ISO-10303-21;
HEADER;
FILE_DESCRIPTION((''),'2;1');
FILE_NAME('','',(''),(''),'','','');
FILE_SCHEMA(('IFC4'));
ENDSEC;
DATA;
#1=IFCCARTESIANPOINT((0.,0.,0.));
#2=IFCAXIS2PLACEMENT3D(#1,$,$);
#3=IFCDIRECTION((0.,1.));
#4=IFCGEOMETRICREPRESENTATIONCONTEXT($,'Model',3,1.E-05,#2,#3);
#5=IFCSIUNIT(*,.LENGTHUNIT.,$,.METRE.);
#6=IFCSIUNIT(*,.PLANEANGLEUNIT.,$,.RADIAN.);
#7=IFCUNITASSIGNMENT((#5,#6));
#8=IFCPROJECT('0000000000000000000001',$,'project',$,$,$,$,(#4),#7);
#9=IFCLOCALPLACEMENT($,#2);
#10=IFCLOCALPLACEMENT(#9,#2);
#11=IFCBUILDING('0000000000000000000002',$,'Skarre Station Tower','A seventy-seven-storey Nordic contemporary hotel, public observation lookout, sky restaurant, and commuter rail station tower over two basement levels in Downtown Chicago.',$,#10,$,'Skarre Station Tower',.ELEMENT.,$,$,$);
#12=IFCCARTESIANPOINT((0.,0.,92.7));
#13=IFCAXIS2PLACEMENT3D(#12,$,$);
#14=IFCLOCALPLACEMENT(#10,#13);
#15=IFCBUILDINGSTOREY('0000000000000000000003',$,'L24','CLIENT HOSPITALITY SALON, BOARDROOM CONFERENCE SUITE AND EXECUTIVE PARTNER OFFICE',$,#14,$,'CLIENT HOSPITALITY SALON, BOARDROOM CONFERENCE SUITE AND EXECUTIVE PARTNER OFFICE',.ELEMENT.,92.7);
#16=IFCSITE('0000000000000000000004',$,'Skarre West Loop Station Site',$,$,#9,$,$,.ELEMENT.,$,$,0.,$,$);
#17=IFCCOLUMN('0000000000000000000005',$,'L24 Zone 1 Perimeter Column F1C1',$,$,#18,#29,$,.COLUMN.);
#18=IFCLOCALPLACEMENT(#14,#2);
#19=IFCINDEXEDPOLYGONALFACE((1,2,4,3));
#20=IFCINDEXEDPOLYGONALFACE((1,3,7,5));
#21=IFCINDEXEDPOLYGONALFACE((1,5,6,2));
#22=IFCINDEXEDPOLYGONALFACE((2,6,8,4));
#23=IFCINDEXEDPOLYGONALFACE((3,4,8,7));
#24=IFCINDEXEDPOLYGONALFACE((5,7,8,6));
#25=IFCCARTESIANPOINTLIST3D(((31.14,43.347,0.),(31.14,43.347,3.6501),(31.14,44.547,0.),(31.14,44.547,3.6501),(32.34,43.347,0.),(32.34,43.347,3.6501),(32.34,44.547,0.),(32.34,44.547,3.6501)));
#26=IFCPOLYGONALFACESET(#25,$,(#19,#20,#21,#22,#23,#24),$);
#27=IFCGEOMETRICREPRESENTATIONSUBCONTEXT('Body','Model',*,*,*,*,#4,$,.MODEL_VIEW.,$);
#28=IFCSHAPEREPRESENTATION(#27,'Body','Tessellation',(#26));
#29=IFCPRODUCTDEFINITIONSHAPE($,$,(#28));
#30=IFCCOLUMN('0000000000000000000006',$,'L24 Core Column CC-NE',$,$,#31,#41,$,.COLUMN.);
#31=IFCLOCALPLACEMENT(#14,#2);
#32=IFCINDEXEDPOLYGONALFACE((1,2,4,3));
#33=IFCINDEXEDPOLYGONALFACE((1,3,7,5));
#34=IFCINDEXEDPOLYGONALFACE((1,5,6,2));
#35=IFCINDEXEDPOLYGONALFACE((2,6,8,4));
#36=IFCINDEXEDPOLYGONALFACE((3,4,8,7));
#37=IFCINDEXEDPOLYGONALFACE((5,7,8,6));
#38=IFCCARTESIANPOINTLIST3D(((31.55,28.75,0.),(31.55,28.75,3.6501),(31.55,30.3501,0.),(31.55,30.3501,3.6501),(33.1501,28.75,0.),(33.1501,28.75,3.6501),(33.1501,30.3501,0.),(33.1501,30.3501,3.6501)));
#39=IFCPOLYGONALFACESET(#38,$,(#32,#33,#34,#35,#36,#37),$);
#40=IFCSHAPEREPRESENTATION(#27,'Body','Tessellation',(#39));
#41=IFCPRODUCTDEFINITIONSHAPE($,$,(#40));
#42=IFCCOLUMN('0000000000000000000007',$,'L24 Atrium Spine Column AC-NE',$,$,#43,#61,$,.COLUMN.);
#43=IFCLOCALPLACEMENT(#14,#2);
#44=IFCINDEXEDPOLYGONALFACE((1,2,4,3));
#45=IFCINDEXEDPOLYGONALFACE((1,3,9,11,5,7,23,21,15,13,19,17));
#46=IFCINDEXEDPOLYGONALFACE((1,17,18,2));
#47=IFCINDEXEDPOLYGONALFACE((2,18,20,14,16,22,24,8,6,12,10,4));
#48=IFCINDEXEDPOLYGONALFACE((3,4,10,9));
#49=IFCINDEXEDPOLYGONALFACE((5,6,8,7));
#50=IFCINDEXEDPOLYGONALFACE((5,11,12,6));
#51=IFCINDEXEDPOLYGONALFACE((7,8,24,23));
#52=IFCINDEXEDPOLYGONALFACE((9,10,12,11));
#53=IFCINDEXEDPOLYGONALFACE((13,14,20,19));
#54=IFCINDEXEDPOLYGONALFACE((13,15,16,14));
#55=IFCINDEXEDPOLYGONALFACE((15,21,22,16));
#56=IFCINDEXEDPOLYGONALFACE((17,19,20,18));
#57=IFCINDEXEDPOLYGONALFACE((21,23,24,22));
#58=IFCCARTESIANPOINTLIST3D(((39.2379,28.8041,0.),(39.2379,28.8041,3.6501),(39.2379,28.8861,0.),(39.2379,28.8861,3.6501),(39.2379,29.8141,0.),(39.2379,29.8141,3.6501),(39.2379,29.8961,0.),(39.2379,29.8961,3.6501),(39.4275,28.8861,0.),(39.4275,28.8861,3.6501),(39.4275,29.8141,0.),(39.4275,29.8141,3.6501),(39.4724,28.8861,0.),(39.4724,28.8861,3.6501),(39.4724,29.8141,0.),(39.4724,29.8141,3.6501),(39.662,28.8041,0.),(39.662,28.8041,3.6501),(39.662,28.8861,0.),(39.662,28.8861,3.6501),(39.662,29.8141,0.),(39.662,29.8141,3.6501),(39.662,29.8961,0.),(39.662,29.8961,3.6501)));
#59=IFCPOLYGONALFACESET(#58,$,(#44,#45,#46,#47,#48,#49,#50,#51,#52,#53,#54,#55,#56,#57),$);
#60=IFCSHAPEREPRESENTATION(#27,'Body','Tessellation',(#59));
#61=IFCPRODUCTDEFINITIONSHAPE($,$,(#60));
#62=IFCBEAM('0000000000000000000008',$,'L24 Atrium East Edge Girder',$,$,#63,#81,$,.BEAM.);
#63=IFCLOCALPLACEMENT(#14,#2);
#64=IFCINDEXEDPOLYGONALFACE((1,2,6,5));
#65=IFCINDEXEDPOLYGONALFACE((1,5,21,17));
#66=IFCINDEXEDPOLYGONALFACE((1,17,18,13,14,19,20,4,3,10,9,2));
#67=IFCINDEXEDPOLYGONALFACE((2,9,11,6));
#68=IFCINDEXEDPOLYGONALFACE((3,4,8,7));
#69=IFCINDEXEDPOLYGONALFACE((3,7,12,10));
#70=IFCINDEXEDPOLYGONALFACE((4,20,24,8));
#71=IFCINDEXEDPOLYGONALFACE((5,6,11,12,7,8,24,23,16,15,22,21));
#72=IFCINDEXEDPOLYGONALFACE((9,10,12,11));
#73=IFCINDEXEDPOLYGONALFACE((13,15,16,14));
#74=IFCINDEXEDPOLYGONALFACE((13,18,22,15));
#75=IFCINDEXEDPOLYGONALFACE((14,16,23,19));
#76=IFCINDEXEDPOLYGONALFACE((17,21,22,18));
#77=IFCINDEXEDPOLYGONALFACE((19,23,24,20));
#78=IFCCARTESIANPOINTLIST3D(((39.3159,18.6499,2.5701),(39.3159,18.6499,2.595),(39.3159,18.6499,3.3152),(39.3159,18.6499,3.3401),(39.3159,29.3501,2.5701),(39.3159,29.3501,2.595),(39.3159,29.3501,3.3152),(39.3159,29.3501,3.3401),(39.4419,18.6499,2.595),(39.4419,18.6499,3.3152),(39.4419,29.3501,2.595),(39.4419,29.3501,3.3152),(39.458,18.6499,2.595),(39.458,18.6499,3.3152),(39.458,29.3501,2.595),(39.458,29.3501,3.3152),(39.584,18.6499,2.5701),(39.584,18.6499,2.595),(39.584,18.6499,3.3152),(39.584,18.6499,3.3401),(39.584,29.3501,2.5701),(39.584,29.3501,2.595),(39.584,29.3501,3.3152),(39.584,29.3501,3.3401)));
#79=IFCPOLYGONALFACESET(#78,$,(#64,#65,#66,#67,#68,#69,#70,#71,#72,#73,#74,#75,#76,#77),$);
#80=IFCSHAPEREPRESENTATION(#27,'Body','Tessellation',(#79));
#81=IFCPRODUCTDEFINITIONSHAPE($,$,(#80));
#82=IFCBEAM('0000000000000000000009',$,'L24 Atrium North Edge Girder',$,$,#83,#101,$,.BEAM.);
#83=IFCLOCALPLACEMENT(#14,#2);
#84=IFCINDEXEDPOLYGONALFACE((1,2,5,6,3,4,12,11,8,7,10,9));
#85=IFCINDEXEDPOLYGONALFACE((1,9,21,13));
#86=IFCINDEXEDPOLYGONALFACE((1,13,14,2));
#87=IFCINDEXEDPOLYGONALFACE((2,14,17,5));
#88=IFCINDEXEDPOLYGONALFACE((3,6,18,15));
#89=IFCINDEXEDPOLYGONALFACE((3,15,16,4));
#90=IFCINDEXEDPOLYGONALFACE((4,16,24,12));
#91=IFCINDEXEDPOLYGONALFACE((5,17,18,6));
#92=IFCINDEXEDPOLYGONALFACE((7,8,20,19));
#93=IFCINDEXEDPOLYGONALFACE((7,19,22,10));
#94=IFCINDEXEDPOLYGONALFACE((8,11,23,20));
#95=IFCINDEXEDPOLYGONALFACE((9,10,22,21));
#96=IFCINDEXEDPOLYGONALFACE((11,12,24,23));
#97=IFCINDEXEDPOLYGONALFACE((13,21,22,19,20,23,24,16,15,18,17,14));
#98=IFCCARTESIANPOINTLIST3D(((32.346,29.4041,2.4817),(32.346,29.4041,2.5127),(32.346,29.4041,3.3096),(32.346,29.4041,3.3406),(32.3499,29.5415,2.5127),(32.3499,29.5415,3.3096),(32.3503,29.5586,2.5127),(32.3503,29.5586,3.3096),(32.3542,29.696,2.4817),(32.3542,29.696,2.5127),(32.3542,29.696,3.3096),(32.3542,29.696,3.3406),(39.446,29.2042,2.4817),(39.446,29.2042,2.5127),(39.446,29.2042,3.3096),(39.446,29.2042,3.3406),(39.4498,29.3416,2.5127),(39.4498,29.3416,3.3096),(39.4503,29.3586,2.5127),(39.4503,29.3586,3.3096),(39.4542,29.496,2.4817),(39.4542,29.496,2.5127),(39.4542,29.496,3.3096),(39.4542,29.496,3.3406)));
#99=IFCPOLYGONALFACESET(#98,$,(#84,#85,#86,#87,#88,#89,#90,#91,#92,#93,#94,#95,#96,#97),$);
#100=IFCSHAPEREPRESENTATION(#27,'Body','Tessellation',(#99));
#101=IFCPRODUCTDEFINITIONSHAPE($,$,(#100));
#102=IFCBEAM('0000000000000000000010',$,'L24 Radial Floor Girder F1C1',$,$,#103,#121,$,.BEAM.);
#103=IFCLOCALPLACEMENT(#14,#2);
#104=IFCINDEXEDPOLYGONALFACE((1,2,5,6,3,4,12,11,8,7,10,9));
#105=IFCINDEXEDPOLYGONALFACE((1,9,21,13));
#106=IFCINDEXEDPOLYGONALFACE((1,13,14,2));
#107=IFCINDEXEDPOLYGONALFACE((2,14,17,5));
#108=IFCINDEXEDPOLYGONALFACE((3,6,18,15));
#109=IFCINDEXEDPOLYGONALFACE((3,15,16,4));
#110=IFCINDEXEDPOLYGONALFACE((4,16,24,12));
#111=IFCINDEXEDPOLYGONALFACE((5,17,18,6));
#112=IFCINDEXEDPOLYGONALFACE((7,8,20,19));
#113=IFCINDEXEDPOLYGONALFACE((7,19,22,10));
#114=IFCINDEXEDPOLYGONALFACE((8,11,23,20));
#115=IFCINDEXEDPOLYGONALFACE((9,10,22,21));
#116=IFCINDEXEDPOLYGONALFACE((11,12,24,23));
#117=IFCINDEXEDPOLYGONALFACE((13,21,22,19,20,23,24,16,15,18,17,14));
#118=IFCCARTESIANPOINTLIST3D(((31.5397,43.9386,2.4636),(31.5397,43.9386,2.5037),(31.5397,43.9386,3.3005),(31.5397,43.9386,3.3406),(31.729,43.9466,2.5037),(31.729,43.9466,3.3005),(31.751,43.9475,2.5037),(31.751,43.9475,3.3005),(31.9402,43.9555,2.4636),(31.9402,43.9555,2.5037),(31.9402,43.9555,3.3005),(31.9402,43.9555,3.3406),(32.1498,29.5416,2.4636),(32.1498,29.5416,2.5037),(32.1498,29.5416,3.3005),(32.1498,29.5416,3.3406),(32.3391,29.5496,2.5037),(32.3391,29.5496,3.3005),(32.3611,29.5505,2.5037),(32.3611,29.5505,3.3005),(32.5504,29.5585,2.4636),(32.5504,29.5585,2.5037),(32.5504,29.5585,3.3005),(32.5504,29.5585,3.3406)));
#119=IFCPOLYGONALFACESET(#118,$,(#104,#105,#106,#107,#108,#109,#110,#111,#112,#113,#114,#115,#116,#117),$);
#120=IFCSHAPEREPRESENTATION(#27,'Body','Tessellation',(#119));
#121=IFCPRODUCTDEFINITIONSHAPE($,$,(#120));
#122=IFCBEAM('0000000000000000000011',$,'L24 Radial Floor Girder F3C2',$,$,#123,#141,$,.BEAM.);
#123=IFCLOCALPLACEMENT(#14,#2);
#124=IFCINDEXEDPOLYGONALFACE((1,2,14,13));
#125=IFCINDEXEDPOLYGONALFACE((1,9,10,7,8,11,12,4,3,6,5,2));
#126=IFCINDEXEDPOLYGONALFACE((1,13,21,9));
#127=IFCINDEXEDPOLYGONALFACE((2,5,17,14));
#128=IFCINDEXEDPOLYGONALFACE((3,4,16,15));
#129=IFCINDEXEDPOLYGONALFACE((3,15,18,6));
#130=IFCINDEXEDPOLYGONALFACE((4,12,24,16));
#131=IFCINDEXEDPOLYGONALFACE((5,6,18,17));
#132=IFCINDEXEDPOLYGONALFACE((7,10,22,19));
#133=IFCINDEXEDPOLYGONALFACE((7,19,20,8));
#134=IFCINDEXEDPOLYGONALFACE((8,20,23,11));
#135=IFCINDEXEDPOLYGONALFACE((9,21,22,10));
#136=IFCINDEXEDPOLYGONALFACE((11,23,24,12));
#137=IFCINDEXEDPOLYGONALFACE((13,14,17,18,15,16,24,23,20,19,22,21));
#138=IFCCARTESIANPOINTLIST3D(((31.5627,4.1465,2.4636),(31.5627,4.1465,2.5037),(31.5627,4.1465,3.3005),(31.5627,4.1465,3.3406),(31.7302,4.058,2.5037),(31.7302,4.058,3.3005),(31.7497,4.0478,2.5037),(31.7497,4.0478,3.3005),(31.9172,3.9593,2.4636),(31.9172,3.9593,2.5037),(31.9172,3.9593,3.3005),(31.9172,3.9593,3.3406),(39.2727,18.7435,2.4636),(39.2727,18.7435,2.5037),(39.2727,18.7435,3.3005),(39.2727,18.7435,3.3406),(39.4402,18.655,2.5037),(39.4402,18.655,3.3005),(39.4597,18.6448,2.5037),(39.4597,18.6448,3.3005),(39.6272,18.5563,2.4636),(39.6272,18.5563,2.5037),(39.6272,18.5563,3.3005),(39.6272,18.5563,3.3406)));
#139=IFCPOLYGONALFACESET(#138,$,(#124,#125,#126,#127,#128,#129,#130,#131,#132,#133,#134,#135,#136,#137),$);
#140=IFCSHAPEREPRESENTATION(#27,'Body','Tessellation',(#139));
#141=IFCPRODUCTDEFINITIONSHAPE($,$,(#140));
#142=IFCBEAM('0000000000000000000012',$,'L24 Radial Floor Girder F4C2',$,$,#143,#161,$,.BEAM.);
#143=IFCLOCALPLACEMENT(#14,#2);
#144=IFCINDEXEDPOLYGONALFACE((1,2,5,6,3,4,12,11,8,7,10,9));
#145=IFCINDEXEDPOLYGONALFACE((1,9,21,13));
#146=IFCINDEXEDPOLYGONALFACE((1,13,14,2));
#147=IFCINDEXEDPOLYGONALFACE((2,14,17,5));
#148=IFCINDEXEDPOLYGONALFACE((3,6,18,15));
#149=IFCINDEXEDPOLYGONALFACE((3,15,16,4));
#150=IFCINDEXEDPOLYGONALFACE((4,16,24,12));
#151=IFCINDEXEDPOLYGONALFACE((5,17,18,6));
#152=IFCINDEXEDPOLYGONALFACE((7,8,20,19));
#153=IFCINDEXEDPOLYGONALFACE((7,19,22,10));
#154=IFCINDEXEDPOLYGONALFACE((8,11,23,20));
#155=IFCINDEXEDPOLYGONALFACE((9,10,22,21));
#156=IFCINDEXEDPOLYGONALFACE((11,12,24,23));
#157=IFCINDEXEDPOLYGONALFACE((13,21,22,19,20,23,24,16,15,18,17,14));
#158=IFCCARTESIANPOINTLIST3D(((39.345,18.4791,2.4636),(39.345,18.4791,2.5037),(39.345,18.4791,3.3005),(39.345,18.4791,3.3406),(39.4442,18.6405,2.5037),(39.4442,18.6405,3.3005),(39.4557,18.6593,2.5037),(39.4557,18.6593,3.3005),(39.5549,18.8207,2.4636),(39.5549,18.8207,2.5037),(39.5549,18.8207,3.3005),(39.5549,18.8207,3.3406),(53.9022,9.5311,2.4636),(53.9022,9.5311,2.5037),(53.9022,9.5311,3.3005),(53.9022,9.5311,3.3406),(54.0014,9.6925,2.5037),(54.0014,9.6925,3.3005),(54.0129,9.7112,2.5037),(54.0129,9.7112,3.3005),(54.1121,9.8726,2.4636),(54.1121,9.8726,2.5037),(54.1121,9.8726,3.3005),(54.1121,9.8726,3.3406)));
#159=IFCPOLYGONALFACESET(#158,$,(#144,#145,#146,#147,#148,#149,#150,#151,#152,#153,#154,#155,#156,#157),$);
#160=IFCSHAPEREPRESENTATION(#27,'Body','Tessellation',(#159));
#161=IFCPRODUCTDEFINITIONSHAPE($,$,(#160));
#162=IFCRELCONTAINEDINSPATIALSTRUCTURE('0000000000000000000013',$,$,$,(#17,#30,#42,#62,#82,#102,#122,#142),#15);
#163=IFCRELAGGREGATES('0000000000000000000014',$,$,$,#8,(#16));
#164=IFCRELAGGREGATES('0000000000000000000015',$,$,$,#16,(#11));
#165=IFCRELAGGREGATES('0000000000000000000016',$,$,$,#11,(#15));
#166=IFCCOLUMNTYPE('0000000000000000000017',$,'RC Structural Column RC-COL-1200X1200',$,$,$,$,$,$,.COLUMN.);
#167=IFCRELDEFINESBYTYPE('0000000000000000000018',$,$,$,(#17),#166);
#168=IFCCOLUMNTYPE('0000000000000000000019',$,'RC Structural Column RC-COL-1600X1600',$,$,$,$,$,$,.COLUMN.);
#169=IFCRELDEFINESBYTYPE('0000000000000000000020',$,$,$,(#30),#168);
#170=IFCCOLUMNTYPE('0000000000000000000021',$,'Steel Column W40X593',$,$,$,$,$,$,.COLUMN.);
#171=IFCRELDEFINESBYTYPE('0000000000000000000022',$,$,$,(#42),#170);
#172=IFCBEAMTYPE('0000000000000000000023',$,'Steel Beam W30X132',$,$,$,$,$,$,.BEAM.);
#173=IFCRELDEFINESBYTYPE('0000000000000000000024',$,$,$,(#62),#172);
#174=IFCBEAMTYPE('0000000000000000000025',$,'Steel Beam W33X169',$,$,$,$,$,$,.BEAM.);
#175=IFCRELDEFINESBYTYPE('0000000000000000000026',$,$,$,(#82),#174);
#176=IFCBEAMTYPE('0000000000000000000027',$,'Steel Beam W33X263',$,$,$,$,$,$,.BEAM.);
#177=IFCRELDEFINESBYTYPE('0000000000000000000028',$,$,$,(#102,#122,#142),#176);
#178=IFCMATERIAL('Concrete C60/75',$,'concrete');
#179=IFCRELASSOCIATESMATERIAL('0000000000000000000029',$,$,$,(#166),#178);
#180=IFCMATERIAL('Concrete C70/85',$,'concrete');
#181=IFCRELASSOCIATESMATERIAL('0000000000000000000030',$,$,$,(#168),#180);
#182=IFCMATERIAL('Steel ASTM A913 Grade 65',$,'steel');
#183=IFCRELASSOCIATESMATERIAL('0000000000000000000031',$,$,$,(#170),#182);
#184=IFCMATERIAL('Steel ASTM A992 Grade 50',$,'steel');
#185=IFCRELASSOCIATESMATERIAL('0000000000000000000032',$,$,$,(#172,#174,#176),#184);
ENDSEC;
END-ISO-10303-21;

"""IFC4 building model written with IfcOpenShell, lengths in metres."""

from ifc_helpers import new_model, si_unit, direction, frame, origin, origin_2d, place, context, subcontext, project, spatial, rectangle, i_section, extrude, material, material_profile, profile_set, type_object, element, save


model = new_model("IFC4")

# Units and contexts
model_context = context("Model", 3, precision=1e-05, world=origin(), true_north=direction((0.0, 1.0)))
body_context = subcontext(model_context, "Body", "Model", "MODEL_VIEW")
ifc_project = project(units=[si_unit("LENGTHUNIT", "METRE"), si_unit("PLANEANGLEUNIT", "RADIAN")], contexts=[model_context])

# Site, building, storey
site_placement = place(None, origin())
site = spatial("IfcSite", under=ifc_project, at=site_placement, Name="Skarre West Loop Station Site", CompositionType="ELEMENT", RefElevation=0.0)
building_placement = place(site_placement, origin())
building = spatial("IfcBuilding", under=site, at=building_placement, Name="Skarre Station Tower", Description="A seventy-seven-storey Nordic contemporary hotel, public observation lookout, sky restaurant, and commuter rail station tower over two basement levels in Downtown Chicago.", LongName="Skarre Station Tower", CompositionType="ELEMENT")
storey_placement = place(building_placement, frame((0.0, 0.0, 92.7)))
storey = spatial("IfcBuildingStorey", under=building, at=storey_placement, Name="L24", Description="CLIENT HOSPITALITY SALON, BOARDROOM CONFERENCE SUITE AND EXECUTIVE PARTNER OFFICE", LongName="CLIENT HOSPITALITY SALON, BOARDROOM CONFERENCE SUITE AND EXECUTIVE PARTNER OFFICE", CompositionType="ELEMENT", Elevation=92.7)

# Columns
ifc_material_1 = material(Name="Concrete C60/75", Category="concrete")
ifc_material_profile_1 = material_profile(ifc_material_1, rectangle(XDim=1.2, YDim=1.2, at=origin_2d()), Name="Concrete C60/75")
ifc_profile_set_1 = profile_set([ifc_material_profile_1], Name="Concrete C60/75")
column_type_1 = type_object("IfcColumnType", Name="RC Structural Column RC-COL-1200X1200", PredefinedType="COLUMN", material=ifc_profile_set_1)
column_1_placement = place(storey_placement, frame((31.74, 43.947, 0.0), z_axis=(0.0, 0.0, 1.0), x_axis=(1.0, 0.0, 0.0)))
element("IfcColumn", 1, at=column_1_placement, inside=storey, type_object=column_type_1, Name="L24 Zone 1 Perimeter Column F1C1", PredefinedType="COLUMN", context=body_context, shape_type="SweptSolid", body=[
    extrude(rectangle(XDim=1.2, YDim=1.2, at=origin_2d()), origin(), (0.0, 0.0, 1.0), 3.6501),
])
ifc_material_2 = material(Name="Concrete C70/85", Category="concrete")
ifc_material_profile_2 = material_profile(ifc_material_2, rectangle(XDim=1.6001, YDim=1.6001, at=origin_2d()), Name="Concrete C70/85")
ifc_profile_set_2 = profile_set([ifc_material_profile_2], Name="Concrete C70/85")
column_type_2 = type_object("IfcColumnType", Name="RC Structural Column RC-COL-1600X1600", PredefinedType="COLUMN", material=ifc_profile_set_2)
column_2_placement = place(storey_placement, frame((32.3501, 29.55, 0.0), z_axis=(0.0, 0.0, 1.0), x_axis=(1.0, 0.0, 0.0)))
element("IfcColumn", 2, at=column_2_placement, inside=storey, type_object=column_type_2, Name="L24 Core Column CC-NE", PredefinedType="COLUMN", context=body_context, shape_type="SweptSolid", body=[
    extrude(rectangle(XDim=1.6001, YDim=1.6001, at=origin_2d()), origin(), (0.0, 0.0, 1.0), 3.6501),
])
ifc_material_3 = material(Name="Steel ASTM A913 Grade 65", Category="steel")
ifc_material_profile_3 = material_profile(ifc_material_3, i_section(OverallWidth=0.4241, OverallDepth=1.092, WebThickness=0.0449, FlangeThickness=0.082, at=origin_2d()), Name="Steel ASTM A913 Grade 65")
ifc_profile_set_3 = profile_set([ifc_material_profile_3], Name="Steel ASTM A913 Grade 65")
column_type_3 = type_object("IfcColumnType", Name="Steel Column W40X593", PredefinedType="COLUMN", material=ifc_profile_set_3)
column_3_placement = place(storey_placement, frame((39.45, 29.3501, 0.0), z_axis=(0.0, 0.0, 1.0), x_axis=(1.0, 0.0, 0.0)))
element("IfcColumn", 3, at=column_3_placement, inside=storey, type_object=column_type_3, Name="L24 Atrium Spine Column AC-NE", PredefinedType="COLUMN", context=body_context, shape_type="SweptSolid", body=[
    extrude(i_section(OverallWidth=0.4241, OverallDepth=1.092, WebThickness=0.0449, FlangeThickness=0.082, at=origin_2d()), origin(), (0.0, 0.0, 1.0), 3.6501),
])

# Beams
ifc_material_4 = material(Name="Steel ASTM A992 Grade 50", Category="steel")
ifc_material_profile_4 = material_profile(ifc_material_4, i_section(OverallWidth=0.2681, OverallDepth=0.77, WebThickness=0.0161, FlangeThickness=0.0249, at=origin_2d()), Name="Steel ASTM A992 Grade 50")
ifc_profile_set_4 = profile_set([ifc_material_profile_4], Name="Steel ASTM A992 Grade 50")
beam_type_1 = type_object("IfcBeamType", Name="Steel Beam W30X132", PredefinedType="BEAM", material=ifc_profile_set_4)
beam_1_placement = place(storey_placement, frame((39.45, 18.6499, 2.9551), z_axis=(0.0, 1.0, 0.0), x_axis=(-1.0, 0.0, 0.0)))
element("IfcBeam", 4, at=beam_1_placement, inside=storey, type_object=beam_type_1, Name="L24 Atrium East Edge Girder", PredefinedType="BEAM", context=body_context, shape_type="SweptSolid", body=[
    extrude(i_section(OverallWidth=0.2681, OverallDepth=0.77, WebThickness=0.0161, FlangeThickness=0.0249, at=origin_2d()), origin(), (0.0, 0.0, 1.0), 10.7002),
])
ifc_material_profile_5 = material_profile(ifc_material_4, i_section(OverallWidth=0.292, OverallDepth=0.8589, WebThickness=0.0171, FlangeThickness=0.031, at=origin_2d()), Name="Steel ASTM A992 Grade 50")
ifc_profile_set_5 = profile_set([ifc_material_profile_5], Name="Steel ASTM A992 Grade 50")
beam_type_2 = type_object("IfcBeamType", Name="Steel Beam W33X169", PredefinedType="BEAM", material=ifc_profile_set_5)
beam_2_placement = place(storey_placement, frame((32.3501, 29.55, 2.9111), z_axis=(0.999604, -0.028152, 0.0), x_axis=(0.028152, 0.999604, 0.0)))
element("IfcBeam", 5, at=beam_2_placement, inside=storey, type_object=beam_type_2, Name="L24 Atrium North Edge Girder", PredefinedType="BEAM", context=body_context, shape_type="SweptSolid", body=[
    extrude(i_section(OverallWidth=0.292, OverallDepth=0.8589, WebThickness=0.0171, FlangeThickness=0.031, at=origin_2d()), origin(), (0.0, 0.0, 1.0), 7.1028),
])
ifc_material_profile_6 = material_profile(ifc_material_4, i_section(OverallWidth=0.4009, OverallDepth=0.877, WebThickness=0.022, FlangeThickness=0.04, at=origin_2d()), Name="Steel ASTM A992 Grade 50")
ifc_profile_set_6 = profile_set([ifc_material_profile_6], Name="Steel ASTM A992 Grade 50")
beam_type_3 = type_object("IfcBeamType", Name="Steel Beam W33X263", PredefinedType="BEAM", material=ifc_profile_set_6)
beam_3_placement = place(storey_placement, frame((32.3501, 29.55, 2.9021), z_axis=(-0.042339, 0.999103, 0.0), x_axis=(-0.999103, -0.042339, 0.0)))
element("IfcBeam", 6, at=beam_3_placement, inside=storey, type_object=beam_type_3, Name="L24 Radial Floor Girder F1C1", PredefinedType="BEAM", context=body_context, shape_type="SweptSolid", body=[
    extrude(i_section(OverallWidth=0.4009, OverallDepth=0.877, WebThickness=0.022, FlangeThickness=0.04, at=origin_2d()), origin(), (0.0, 0.0, 1.0), 14.4099),
])
beam_4_placement = place(storey_placement, frame((39.45, 18.6499, 2.9021), z_axis=(-0.467044, -0.884234, 0.0), x_axis=(0.884234, -0.467044, 0.0)))
element("IfcBeam", 7, at=beam_4_placement, inside=storey, type_object=beam_type_3, Name="L24 Radial Floor Girder F3C2", PredefinedType="BEAM", context=body_context, shape_type="SweptSolid", body=[
    extrude(i_section(OverallWidth=0.4009, OverallDepth=0.877, WebThickness=0.022, FlangeThickness=0.04, at=origin_2d()), origin(), (0.0, 0.0, 1.0), 16.5081),
])
beam_5_placement = place(storey_placement, frame((39.45, 18.6499, 2.9021), z_axis=(0.851926, -0.523663, 0.0), x_axis=(0.523663, 0.851926, 0.0)))
element("IfcBeam", 8, at=beam_5_placement, inside=storey, type_object=beam_type_3, Name="L24 Radial Floor Girder F4C2", PredefinedType="BEAM", context=body_context, shape_type="SweptSolid", body=[
    extrude(i_section(OverallWidth=0.4009, OverallDepth=0.877, WebThickness=0.022, FlangeThickness=0.04, at=origin_2d()), origin(), (0.0, 0.0, 1.0), 17.0874),
])

save(model, "model.ifc")
